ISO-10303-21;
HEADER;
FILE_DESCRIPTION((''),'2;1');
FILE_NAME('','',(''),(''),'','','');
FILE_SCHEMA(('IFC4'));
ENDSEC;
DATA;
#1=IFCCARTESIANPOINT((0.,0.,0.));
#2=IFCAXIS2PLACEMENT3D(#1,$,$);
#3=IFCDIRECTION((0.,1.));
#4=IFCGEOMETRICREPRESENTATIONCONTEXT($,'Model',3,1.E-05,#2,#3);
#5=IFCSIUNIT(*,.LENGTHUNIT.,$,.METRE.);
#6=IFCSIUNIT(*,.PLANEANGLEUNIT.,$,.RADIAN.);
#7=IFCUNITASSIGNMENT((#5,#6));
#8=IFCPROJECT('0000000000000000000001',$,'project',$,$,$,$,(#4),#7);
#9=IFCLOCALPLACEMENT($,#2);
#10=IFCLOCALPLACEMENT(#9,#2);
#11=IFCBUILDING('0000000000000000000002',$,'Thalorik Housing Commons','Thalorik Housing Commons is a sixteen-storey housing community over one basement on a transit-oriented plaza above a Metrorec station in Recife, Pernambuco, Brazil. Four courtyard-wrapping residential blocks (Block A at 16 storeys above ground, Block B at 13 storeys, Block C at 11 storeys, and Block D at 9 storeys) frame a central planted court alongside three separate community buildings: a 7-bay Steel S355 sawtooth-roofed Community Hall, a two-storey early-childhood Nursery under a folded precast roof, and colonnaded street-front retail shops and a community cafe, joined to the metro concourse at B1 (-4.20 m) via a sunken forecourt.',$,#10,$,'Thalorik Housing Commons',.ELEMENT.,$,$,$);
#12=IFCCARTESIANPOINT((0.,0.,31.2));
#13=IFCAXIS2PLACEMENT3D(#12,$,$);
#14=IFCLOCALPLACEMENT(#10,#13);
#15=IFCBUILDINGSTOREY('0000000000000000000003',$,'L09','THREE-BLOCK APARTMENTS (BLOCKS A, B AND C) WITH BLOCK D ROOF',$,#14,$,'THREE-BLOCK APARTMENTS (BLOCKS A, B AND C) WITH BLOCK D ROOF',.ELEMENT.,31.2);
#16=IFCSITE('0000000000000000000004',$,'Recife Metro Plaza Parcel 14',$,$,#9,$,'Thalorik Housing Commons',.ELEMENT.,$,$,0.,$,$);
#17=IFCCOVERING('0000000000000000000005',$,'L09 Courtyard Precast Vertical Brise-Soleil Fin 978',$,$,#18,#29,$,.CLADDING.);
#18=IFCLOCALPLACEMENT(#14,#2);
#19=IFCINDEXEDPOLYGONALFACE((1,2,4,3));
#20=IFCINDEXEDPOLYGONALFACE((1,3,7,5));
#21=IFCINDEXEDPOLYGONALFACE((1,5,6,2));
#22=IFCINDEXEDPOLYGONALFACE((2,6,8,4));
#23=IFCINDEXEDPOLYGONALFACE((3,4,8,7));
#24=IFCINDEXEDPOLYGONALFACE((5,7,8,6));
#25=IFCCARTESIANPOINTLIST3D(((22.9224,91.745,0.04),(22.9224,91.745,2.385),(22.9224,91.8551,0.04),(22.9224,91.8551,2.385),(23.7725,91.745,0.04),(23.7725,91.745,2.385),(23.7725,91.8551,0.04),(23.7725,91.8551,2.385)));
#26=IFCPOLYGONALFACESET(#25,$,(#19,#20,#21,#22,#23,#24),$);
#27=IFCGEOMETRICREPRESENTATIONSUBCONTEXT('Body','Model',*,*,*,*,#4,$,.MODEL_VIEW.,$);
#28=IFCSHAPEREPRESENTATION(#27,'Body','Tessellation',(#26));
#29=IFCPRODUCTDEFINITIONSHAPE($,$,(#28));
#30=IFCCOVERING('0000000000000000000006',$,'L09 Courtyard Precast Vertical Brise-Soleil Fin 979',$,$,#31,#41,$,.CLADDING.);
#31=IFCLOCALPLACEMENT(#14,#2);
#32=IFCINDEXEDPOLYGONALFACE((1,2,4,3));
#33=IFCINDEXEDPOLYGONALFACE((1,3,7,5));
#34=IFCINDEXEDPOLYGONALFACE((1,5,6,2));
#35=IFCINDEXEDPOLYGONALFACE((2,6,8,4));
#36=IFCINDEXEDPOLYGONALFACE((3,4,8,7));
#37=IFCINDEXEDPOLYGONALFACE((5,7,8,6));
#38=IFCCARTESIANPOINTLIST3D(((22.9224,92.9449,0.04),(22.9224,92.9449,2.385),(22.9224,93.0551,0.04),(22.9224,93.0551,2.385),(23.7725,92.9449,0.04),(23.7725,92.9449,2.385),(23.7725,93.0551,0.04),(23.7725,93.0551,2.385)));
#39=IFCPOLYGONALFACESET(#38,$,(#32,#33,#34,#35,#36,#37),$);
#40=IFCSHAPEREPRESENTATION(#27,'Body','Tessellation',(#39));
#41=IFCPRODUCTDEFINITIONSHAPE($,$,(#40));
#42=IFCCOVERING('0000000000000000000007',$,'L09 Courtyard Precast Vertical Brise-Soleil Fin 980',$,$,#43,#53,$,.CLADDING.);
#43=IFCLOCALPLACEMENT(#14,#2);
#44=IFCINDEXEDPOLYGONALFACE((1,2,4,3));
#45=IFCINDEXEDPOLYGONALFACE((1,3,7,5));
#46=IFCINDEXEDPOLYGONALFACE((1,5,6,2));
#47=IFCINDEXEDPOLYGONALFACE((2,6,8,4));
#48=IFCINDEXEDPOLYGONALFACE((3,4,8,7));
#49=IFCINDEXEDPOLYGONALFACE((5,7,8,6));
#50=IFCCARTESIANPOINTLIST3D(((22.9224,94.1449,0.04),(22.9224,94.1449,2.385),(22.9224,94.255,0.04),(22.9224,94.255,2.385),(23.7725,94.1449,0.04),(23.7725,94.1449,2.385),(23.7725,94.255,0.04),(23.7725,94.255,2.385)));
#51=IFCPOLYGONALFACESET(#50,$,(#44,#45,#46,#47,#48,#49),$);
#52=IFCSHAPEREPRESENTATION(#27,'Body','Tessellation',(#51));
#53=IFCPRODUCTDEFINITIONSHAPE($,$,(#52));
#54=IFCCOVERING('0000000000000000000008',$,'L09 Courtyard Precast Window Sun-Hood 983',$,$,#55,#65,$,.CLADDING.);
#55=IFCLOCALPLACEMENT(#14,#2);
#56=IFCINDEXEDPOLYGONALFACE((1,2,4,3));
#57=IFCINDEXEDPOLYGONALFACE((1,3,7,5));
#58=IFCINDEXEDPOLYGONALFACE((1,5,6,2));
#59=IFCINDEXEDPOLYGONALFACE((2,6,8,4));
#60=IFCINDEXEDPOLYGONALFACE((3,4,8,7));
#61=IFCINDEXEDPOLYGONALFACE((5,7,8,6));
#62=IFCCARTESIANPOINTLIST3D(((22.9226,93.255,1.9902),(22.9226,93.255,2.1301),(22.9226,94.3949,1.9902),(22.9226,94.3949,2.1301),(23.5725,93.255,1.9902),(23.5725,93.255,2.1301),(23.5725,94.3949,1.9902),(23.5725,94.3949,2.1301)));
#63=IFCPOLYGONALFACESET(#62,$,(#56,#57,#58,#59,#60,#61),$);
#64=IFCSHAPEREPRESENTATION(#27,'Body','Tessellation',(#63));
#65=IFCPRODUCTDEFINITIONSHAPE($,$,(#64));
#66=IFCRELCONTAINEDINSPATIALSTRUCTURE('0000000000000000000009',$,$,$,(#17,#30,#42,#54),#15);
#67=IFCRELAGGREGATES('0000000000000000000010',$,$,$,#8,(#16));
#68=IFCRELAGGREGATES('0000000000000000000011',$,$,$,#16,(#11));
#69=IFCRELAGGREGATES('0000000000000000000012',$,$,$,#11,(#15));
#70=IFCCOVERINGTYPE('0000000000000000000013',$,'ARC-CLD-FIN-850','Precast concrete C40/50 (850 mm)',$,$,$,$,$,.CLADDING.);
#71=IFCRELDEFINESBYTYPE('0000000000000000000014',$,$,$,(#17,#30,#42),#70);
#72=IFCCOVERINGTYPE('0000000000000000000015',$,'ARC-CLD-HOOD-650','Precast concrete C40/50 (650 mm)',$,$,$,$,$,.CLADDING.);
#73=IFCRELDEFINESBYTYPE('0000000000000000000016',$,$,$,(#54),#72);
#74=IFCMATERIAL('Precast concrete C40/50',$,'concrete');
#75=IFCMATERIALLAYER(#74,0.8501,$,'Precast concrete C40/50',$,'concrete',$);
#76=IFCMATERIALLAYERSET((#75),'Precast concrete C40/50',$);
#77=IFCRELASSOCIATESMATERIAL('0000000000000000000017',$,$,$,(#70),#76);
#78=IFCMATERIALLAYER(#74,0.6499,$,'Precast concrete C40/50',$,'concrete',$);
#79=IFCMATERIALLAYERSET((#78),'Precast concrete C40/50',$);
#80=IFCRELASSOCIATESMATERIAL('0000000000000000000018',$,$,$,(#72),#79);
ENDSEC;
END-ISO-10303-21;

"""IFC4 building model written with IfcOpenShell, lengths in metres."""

from ifc_helpers import new_model, si_unit, direction, frame, origin, origin_2d, place, context, subcontext, project, spatial, rectangle, extrude, material, layer, layer_set, type_object, element, save


model = new_model("IFC4")

# Units and contexts
model_context = context("Model", 3, precision=1e-05, world=origin(), true_north=direction((0.0, 1.0)))
body_context = subcontext(model_context, "Body", "Model", "MODEL_VIEW")
ifc_project = project(units=[si_unit("LENGTHUNIT", "METRE"), si_unit("PLANEANGLEUNIT", "RADIAN")], contexts=[model_context])

# Site, building, storey
site_placement = place(None, origin())
site = spatial("IfcSite", under=ifc_project, at=site_placement, Name="Recife Metro Plaza Parcel 14", LongName="Thalorik Housing Commons", CompositionType="ELEMENT", RefElevation=0.0)
building_placement = place(site_placement, origin())
building = spatial("IfcBuilding", under=site, at=building_placement, Name="Thalorik Housing Commons", Description="Thalorik Housing Commons is a sixteen-storey housing community over one basement on a transit-oriented plaza above a Metrorec station in Recife, Pernambuco, Brazil. Four courtyard-wrapping residential blocks (Block A at 16 storeys above ground, Block B at 13 storeys, Block C at 11 storeys, and Block D at 9 storeys) frame a central planted court alongside three separate community buildings: a 7-bay Steel S355 sawtooth-roofed Community Hall, a two-storey early-childhood Nursery under a folded precast roof, and colonnaded street-front retail shops and a community cafe, joined to the metro concourse at B1 (-4.20 m) via a sunken forecourt.", LongName="Thalorik Housing Commons", CompositionType="ELEMENT")
storey_placement = place(building_placement, frame((0.0, 0.0, 31.2)))
storey = spatial("IfcBuildingStorey", under=building, at=storey_placement, Name="L09", Description="THREE-BLOCK APARTMENTS (BLOCKS A, B AND C) WITH BLOCK D ROOF", LongName="THREE-BLOCK APARTMENTS (BLOCKS A, B AND C) WITH BLOCK D ROOF", CompositionType="ELEMENT", Elevation=31.2)

# Shared definitions
ifc_material_1 = material(Name="Precast concrete C40/50", Category="concrete")

# Coverings
ifc_layer_1 = layer(ifc_material_1, 0.8501, Name="Precast concrete C40/50", Category="concrete")
ifc_layer_set_1 = layer_set([ifc_layer_1], Name="Precast concrete C40/50")
covering_type_1 = type_object("IfcCoveringType", Name="ARC-CLD-FIN-850", Description="Precast concrete C40/50 (850 mm)", PredefinedType="CLADDING", material=ifc_layer_set_1)
for number, where, z_axis, x_axis, name in (
    (1, (23.3474, 91.8, 0.04), (0.0, 0.0, 1.0), (0.0, 1.0, 0.0), "L09 Courtyard Precast Vertical Brise-Soleil Fin 978"),
    (2, (23.3474, 93.0, 0.04), (0.0, 0.0, 1.0), (0.0, 1.0, 0.0), "L09 Courtyard Precast Vertical Brise-Soleil Fin 979"),
    (3, (23.3474, 94.2, 0.04), (0.0, 0.0, 1.0), (0.0, 1.0, 0.0), "L09 Courtyard Precast Vertical Brise-Soleil Fin 980"),
):
    element("IfcCovering", number, at=place(storey_placement, frame(where, z_axis=z_axis, x_axis=x_axis)), inside=storey, type_object=covering_type_1, Name=name, PredefinedType="CLADDING", context=body_context, shape_type="SweptSolid", body=[
        extrude(rectangle(XDim=0.1101, YDim=0.8501, at=origin_2d()), origin(), (0.0, 0.0, 1.0), 2.345),
    ])
ifc_layer_2 = layer(ifc_material_1, 0.6499, Name="Precast concrete C40/50", Category="concrete")
ifc_layer_set_2 = layer_set([ifc_layer_2], Name="Precast concrete C40/50")
covering_type_2 = type_object("IfcCoveringType", Name="ARC-CLD-HOOD-650", Description="Precast concrete C40/50 (650 mm)", PredefinedType="CLADDING", material=ifc_layer_set_2)
covering_placement = place(storey_placement, frame((23.2476, 93.825, 1.9902), z_axis=(0.0, 0.0, 1.0), x_axis=(0.0, 1.0, 0.0)))
element("IfcCovering", 4, at=covering_placement, inside=storey, type_object=covering_type_2, Name="L09 Courtyard Precast Window Sun-Hood 983", PredefinedType="CLADDING", context=body_context, shape_type="SweptSolid", body=[
    extrude(rectangle(XDim=1.1399, YDim=0.6499, at=origin_2d()), origin(), (0.0, 0.0, 1.0), 0.1399),
])

save(model, "model.ifc")
